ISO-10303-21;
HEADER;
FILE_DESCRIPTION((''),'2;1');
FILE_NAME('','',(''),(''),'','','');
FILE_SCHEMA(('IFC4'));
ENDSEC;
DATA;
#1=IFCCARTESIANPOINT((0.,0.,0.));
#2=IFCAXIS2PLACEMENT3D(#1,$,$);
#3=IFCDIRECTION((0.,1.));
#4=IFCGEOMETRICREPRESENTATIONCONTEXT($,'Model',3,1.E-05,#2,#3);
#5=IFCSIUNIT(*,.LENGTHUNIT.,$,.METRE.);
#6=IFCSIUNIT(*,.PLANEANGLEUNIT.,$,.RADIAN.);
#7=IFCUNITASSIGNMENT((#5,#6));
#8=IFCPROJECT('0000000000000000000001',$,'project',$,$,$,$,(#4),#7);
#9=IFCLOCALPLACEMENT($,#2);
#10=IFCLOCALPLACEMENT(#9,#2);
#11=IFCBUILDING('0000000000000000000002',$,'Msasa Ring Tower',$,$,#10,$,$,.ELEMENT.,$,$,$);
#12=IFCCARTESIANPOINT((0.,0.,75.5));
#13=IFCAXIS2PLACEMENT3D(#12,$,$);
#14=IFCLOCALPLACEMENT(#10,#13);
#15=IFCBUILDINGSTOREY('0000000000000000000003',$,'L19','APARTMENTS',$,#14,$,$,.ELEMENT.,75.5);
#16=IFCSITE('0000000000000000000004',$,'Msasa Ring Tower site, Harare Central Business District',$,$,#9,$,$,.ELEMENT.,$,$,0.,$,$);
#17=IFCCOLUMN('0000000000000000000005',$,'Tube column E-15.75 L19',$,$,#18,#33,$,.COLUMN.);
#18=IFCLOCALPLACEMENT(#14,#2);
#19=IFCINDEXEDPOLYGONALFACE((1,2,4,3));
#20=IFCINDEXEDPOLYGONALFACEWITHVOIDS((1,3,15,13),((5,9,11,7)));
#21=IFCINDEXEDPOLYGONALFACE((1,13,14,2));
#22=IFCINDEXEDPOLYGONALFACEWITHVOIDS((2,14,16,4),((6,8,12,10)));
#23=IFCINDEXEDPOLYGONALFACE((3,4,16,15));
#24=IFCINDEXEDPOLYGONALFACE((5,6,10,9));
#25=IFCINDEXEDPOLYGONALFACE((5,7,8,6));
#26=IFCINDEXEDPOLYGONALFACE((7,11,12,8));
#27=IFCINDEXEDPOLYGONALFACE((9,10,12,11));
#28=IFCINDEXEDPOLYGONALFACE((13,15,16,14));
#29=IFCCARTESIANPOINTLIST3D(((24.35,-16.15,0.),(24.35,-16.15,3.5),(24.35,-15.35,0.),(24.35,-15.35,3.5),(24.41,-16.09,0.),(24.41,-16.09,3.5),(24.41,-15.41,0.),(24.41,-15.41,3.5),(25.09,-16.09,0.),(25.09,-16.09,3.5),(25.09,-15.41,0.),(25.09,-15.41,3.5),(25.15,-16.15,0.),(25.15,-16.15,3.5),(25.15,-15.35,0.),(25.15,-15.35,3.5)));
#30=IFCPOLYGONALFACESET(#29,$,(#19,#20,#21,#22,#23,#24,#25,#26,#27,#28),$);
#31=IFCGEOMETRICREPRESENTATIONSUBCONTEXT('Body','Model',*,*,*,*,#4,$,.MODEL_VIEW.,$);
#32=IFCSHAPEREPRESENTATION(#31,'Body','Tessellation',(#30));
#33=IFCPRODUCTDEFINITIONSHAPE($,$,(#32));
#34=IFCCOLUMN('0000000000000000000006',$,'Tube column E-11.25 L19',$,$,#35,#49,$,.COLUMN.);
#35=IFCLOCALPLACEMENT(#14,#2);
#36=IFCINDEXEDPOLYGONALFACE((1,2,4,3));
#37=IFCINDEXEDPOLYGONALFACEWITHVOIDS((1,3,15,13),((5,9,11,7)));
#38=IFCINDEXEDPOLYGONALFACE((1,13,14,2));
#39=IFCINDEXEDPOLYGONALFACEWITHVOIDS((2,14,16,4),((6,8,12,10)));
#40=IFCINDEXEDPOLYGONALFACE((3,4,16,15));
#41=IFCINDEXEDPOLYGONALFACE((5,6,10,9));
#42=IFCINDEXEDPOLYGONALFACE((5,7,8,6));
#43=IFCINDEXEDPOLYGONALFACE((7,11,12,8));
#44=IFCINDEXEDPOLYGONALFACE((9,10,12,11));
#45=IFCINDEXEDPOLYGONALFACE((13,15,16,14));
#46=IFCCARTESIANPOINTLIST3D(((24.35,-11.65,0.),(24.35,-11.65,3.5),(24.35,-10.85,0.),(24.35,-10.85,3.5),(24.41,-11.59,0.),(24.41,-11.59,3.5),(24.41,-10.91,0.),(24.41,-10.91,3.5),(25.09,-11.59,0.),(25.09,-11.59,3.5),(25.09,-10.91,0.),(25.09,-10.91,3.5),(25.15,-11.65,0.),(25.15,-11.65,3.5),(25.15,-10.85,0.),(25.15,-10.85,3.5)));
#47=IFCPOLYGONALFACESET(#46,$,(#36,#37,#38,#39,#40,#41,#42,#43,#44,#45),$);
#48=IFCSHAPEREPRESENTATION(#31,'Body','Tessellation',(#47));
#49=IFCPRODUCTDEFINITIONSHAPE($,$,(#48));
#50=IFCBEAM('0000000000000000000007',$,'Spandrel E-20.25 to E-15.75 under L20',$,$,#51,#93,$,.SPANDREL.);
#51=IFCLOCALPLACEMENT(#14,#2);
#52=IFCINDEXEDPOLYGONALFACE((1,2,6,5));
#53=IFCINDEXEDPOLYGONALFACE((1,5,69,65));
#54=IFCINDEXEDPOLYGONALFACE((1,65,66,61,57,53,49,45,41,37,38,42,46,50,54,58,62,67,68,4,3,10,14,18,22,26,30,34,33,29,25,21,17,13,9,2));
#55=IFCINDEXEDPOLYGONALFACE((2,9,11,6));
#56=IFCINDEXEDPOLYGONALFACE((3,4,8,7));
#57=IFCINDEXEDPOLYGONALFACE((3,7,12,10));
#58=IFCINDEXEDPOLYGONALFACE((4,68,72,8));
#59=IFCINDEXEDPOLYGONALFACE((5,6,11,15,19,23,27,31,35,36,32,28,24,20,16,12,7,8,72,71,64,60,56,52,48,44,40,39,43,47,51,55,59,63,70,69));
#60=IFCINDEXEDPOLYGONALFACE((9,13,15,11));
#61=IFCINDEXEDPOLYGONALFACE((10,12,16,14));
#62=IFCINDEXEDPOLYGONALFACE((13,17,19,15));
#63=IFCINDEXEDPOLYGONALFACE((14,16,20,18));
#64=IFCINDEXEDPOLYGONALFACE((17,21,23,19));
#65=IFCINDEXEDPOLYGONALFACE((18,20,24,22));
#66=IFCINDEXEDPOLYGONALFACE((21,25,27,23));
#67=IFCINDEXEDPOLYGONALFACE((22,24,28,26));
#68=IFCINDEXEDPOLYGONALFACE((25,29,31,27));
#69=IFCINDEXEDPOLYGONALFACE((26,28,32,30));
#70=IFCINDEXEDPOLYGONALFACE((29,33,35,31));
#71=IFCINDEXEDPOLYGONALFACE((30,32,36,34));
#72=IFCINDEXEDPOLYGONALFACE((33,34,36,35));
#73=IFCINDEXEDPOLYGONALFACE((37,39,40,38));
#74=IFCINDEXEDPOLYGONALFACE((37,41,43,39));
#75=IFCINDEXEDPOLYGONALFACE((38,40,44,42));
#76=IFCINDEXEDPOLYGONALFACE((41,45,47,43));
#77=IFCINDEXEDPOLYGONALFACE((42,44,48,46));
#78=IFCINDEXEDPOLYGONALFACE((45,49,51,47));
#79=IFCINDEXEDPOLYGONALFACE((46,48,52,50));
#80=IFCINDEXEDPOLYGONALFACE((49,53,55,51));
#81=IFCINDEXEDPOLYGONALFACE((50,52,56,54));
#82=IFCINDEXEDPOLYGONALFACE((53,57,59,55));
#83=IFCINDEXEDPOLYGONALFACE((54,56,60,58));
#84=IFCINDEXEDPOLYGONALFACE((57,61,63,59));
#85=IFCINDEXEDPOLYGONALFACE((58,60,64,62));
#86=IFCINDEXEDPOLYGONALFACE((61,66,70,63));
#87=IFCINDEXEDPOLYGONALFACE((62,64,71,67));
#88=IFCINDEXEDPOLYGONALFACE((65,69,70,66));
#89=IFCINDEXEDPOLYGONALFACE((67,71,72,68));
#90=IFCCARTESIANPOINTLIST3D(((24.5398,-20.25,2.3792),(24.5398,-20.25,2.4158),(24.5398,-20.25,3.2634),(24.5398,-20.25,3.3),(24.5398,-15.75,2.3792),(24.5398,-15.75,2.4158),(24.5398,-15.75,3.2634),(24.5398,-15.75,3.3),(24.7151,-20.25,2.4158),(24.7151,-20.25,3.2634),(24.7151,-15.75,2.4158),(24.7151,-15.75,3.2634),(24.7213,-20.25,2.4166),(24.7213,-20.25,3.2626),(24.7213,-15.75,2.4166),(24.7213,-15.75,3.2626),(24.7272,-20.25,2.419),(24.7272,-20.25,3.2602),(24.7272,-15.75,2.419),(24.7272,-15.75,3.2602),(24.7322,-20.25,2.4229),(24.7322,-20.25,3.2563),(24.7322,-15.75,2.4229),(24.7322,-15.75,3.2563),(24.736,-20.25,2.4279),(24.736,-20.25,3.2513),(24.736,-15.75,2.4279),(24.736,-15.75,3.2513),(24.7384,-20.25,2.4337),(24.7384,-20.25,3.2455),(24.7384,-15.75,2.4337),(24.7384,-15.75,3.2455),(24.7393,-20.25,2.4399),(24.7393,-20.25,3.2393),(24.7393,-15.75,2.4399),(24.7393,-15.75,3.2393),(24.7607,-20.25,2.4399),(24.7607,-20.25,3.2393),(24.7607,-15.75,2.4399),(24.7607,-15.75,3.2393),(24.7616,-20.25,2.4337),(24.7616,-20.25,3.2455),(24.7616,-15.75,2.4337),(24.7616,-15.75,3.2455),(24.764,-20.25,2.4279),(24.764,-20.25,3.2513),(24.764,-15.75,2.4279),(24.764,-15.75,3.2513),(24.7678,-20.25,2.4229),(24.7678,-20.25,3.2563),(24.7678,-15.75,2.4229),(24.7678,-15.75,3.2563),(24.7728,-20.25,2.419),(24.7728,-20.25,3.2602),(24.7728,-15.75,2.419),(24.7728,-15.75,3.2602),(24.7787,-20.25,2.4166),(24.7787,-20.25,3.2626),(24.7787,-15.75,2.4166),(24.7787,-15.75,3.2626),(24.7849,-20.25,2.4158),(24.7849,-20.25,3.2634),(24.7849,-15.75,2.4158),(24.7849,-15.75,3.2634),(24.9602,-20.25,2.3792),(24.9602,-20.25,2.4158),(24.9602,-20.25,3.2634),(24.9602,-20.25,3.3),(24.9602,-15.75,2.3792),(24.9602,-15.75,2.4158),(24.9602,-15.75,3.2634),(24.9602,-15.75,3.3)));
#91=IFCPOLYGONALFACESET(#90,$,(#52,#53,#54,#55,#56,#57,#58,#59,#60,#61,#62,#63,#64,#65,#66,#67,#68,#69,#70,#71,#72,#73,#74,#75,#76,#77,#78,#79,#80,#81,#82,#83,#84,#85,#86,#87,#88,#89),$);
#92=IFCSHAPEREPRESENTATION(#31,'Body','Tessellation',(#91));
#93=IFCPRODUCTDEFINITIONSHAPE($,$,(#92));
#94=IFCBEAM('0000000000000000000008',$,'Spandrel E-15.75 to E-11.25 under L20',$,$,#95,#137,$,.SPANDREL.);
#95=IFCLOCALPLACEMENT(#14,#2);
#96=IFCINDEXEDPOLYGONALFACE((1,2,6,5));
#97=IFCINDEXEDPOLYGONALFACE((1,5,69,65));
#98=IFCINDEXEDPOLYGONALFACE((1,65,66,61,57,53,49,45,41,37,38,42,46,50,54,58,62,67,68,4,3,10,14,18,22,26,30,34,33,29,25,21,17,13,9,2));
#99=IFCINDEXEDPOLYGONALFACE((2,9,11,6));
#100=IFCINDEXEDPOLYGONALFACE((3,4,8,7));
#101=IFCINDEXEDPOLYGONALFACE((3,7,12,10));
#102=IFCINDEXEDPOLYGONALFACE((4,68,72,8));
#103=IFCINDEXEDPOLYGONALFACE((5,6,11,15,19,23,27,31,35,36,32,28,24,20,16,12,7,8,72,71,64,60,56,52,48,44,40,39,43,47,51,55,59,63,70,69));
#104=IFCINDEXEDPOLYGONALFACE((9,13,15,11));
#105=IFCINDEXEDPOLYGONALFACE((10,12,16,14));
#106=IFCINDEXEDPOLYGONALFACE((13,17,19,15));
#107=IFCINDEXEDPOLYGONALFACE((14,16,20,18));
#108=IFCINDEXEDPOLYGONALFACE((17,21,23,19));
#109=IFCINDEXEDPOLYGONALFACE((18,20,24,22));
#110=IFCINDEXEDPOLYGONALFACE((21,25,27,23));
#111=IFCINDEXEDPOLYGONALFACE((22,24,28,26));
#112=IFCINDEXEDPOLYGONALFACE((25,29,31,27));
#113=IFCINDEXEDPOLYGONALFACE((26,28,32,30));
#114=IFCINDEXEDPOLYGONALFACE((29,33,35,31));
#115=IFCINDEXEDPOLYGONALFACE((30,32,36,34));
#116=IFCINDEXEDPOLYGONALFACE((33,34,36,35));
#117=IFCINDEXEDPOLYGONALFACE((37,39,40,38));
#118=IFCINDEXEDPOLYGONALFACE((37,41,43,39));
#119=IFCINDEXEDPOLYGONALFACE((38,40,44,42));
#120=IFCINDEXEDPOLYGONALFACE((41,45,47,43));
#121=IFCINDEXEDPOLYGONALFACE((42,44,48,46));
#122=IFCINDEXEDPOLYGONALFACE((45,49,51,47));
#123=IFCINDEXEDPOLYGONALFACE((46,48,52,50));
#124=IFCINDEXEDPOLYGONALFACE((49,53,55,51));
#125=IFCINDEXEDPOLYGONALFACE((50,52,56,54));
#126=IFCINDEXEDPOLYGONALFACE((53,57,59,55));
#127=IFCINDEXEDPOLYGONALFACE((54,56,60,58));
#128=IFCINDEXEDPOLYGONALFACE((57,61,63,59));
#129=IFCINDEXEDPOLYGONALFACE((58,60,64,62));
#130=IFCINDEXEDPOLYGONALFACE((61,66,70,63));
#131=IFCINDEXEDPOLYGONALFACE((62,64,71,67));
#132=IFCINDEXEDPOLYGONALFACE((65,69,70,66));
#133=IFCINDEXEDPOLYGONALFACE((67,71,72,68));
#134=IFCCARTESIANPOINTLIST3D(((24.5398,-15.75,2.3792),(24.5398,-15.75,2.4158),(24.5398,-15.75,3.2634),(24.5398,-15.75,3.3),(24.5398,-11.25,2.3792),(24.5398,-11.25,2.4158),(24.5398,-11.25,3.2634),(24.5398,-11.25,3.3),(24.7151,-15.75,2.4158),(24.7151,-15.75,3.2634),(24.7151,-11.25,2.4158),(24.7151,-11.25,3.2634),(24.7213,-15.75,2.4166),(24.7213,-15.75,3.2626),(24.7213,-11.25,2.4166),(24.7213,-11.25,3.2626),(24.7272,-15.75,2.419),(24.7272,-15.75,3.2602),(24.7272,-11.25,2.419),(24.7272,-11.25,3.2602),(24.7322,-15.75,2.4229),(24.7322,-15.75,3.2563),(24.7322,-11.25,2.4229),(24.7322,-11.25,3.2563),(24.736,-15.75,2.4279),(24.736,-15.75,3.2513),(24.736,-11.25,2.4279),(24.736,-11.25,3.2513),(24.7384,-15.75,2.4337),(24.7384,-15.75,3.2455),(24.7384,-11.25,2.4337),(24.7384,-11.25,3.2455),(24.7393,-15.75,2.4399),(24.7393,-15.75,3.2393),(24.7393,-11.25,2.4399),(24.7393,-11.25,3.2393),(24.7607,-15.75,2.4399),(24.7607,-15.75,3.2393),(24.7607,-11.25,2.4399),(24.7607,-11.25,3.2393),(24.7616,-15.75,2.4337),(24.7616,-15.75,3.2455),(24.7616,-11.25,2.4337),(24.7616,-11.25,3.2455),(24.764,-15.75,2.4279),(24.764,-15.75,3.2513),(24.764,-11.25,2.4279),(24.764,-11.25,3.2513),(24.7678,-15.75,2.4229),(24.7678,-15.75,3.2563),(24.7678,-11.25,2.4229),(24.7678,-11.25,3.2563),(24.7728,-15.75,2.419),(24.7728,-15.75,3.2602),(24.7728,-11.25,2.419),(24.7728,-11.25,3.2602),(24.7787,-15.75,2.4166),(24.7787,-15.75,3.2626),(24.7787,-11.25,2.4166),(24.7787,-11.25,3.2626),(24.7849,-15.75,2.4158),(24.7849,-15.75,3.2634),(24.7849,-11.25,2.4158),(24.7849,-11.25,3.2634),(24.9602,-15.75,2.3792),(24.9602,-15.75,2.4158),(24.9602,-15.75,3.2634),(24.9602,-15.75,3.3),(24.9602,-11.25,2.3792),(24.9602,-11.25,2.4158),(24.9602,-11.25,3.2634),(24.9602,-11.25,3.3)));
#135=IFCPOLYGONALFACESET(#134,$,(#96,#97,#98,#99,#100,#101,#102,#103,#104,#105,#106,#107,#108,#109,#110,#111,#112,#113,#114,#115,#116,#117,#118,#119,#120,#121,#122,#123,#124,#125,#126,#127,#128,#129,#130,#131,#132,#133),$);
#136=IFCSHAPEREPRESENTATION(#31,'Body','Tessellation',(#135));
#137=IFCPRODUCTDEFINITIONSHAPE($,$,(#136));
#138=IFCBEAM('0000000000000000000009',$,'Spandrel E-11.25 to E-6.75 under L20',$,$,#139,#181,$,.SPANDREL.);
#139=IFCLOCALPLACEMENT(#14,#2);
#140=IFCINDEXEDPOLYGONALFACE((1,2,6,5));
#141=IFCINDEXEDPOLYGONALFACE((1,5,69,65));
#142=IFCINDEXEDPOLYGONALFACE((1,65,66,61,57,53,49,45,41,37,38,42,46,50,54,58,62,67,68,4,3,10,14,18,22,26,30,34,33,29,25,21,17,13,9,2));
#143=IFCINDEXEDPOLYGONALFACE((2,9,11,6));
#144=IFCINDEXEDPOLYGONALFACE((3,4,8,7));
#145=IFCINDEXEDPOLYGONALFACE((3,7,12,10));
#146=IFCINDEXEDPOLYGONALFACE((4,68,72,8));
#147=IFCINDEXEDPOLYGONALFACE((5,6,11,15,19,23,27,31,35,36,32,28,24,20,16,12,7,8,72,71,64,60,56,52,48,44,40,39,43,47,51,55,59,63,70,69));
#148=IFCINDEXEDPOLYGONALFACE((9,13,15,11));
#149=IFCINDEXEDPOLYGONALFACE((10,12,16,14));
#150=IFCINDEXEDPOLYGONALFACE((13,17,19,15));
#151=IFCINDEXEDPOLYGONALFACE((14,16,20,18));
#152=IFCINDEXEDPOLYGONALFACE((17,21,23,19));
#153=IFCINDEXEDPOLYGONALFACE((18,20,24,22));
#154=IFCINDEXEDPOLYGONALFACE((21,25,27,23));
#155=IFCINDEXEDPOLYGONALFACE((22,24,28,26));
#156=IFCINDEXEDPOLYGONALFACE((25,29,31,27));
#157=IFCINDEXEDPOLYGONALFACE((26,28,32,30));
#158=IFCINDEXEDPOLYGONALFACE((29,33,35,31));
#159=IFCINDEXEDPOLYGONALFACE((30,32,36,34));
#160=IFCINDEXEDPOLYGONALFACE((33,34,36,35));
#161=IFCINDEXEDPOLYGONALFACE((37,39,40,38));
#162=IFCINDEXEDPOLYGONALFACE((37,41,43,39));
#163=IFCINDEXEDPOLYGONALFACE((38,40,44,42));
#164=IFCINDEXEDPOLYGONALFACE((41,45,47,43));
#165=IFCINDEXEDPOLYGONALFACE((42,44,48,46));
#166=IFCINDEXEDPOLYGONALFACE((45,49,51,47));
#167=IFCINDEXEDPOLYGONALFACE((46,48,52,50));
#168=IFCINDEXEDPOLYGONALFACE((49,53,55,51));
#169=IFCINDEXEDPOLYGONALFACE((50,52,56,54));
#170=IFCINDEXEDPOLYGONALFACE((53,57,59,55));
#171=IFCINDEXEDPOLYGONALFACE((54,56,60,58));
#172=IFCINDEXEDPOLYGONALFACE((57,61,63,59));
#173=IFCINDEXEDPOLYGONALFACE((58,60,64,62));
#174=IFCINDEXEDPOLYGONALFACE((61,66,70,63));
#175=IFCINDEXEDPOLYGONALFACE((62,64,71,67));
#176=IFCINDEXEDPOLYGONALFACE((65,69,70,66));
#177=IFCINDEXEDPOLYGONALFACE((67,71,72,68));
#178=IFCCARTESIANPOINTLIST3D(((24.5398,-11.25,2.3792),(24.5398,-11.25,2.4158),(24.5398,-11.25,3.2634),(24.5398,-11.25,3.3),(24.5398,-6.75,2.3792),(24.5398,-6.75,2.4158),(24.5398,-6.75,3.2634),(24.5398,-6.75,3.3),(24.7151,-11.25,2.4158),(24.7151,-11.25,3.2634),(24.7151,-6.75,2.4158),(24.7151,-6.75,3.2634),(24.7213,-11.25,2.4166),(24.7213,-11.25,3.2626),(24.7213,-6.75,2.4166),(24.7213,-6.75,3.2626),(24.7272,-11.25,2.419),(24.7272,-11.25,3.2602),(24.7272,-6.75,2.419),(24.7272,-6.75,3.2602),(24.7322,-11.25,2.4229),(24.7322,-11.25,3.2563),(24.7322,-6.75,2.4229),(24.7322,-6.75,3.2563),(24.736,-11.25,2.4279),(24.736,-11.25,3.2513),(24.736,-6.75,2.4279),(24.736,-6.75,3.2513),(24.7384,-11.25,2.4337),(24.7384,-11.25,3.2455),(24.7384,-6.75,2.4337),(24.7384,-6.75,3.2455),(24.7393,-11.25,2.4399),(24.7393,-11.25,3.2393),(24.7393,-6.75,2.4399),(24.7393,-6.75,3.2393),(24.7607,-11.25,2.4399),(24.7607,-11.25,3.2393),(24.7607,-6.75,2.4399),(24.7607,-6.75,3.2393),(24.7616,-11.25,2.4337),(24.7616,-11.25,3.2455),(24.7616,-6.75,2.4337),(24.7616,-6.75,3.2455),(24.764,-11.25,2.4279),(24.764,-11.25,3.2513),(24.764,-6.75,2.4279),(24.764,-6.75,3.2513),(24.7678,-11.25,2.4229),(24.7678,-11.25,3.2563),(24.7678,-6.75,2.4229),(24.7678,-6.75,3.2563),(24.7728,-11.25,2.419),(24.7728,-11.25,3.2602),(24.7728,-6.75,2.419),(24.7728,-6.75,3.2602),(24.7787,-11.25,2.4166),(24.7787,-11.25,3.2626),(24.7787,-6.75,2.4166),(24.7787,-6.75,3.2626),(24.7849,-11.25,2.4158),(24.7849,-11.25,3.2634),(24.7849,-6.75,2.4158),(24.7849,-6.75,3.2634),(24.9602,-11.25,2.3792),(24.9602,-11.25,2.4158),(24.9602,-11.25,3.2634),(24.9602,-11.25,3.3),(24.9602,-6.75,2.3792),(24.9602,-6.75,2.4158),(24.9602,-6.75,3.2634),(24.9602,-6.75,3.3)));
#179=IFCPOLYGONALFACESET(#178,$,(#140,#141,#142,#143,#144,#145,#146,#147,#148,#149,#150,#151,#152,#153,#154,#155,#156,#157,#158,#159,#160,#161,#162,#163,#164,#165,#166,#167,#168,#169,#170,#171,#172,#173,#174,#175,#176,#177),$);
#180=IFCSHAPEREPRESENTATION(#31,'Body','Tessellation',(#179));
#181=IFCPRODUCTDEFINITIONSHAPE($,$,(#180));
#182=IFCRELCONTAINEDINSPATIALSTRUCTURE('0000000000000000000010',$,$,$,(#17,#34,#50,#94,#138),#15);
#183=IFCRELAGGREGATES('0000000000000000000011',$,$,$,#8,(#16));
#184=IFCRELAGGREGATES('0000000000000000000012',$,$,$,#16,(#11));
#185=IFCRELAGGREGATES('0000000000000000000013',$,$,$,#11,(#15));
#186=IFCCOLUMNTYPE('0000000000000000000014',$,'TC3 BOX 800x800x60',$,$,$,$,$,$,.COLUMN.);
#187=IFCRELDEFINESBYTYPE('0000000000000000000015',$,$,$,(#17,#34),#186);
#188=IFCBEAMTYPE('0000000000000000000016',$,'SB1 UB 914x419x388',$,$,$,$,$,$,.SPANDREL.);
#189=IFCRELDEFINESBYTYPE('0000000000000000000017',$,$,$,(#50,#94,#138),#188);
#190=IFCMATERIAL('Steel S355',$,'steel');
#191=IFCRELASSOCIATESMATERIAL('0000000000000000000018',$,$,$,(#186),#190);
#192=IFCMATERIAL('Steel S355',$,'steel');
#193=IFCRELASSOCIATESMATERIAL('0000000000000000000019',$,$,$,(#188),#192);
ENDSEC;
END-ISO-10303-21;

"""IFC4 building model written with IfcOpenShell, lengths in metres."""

from ifc_helpers import new_model, si_unit, direction, frame, origin, origin_2d, place, context, subcontext, project, spatial, hollow_rectangle, i_section, extrude, material, material_profile, profile_set, type_object, element, save


model = new_model("IFC4")

# Units and contexts
model_context = context("Model", 3, precision=1e-05, world=origin(), true_north=direction((0.0, 1.0)))
body_context = subcontext(model_context, "Body", "Model", "MODEL_VIEW")
ifc_project = project(units=[si_unit("LENGTHUNIT", "METRE"), si_unit("PLANEANGLEUNIT", "RADIAN")], contexts=[model_context])

# Site, building, storey
site_placement = place(None, origin())
site = spatial("IfcSite", under=ifc_project, at=site_placement, Name="Msasa Ring Tower site, Harare Central Business District", CompositionType="ELEMENT", RefElevation=0.0)
building_placement = place(site_placement, origin())
building = spatial("IfcBuilding", under=site, at=building_placement, Name="Msasa Ring Tower", CompositionType="ELEMENT")
storey_placement = place(building_placement, frame((0.0, 0.0, 75.5)))
storey = spatial("IfcBuildingStorey", under=building, at=storey_placement, Name="L19", Description="APARTMENTS", CompositionType="ELEMENT", Elevation=75.5)

# Columns
ifc_material_1 = material(Name="Steel S355", Category="steel")
ifc_material_profile_1 = material_profile(ifc_material_1, hollow_rectangle(XDim=0.8, YDim=0.8, WallThickness=0.0601, at=origin_2d()), Name="BOX 800x800x60")
ifc_profile_set_1 = profile_set([ifc_material_profile_1], Name="Steel S355")
column_type = type_object("IfcColumnType", Name="TC3 BOX 800x800x60", PredefinedType="COLUMN", material=ifc_profile_set_1)
for number, where, z_axis, x_axis, name in (
    (1, (24.75, -15.75, 0.0), (0.0, 0.0, 1.0), (1.0, 0.0, 0.0), "Tube column E-15.75 L19"),
    (2, (24.75, -11.25, 0.0), (0.0, 0.0, 1.0), (1.0, 0.0, 0.0), "Tube column E-11.25 L19"),
):
    element("IfcColumn", number, at=place(storey_placement, frame(where, z_axis=z_axis, x_axis=x_axis)), inside=storey, type_object=column_type, Name=name, PredefinedType="COLUMN", context=body_context, shape_type="SweptSolid", body=[
        extrude(hollow_rectangle(XDim=0.8, YDim=0.8, WallThickness=0.0601, at=origin_2d()), origin(), (0.0, 0.0, 1.0), 3.5),
    ])

# Beams
ifc_material_2 = material(Name="Steel S355", Category="steel")
ifc_material_profile_2 = material_profile(ifc_material_2, i_section(OverallWidth=0.4204, OverallDepth=0.9209, WebThickness=0.0215, FlangeThickness=0.0366, FilletRadius=0.0242, at=origin_2d()), Name="UB 914x419x388")
ifc_profile_set_2 = profile_set([ifc_material_profile_2], Name="Steel S355")
beam_type = type_object("IfcBeamType", Name="SB1 UB 914x419x388", PredefinedType="SPANDREL", material=ifc_profile_set_2)
for number, where, z_axis, x_axis, name in (
    (3, (24.75, -20.25, 2.8396), (0.0, 1.0, 0.0), (-1.0, 0.0, 0.0), "Spandrel E-20.25 to E-15.75 under L20"),
    (4, (24.75, -15.75, 2.8396), (0.0, 1.0, 0.0), (-1.0, 0.0, 0.0), "Spandrel E-15.75 to E-11.25 under L20"),
    (5, (24.75, -11.25, 2.8396), (0.0, 1.0, 0.0), (-1.0, 0.0, 0.0), "Spandrel E-11.25 to E-6.75 under L20"),
):
    element("IfcBeam", number, at=place(storey_placement, frame(where, z_axis=z_axis, x_axis=x_axis)), inside=storey, type_object=beam_type, Name=name, PredefinedType="SPANDREL", context=body_context, shape_type="SweptSolid", body=[
        extrude(i_section(OverallWidth=0.4204, OverallDepth=0.9209, WebThickness=0.0215, FlangeThickness=0.0366, FilletRadius=0.0242, at=origin_2d()), origin(), (0.0, 0.0, 1.0), 4.5),
    ])

save(model, "model.ifc")
